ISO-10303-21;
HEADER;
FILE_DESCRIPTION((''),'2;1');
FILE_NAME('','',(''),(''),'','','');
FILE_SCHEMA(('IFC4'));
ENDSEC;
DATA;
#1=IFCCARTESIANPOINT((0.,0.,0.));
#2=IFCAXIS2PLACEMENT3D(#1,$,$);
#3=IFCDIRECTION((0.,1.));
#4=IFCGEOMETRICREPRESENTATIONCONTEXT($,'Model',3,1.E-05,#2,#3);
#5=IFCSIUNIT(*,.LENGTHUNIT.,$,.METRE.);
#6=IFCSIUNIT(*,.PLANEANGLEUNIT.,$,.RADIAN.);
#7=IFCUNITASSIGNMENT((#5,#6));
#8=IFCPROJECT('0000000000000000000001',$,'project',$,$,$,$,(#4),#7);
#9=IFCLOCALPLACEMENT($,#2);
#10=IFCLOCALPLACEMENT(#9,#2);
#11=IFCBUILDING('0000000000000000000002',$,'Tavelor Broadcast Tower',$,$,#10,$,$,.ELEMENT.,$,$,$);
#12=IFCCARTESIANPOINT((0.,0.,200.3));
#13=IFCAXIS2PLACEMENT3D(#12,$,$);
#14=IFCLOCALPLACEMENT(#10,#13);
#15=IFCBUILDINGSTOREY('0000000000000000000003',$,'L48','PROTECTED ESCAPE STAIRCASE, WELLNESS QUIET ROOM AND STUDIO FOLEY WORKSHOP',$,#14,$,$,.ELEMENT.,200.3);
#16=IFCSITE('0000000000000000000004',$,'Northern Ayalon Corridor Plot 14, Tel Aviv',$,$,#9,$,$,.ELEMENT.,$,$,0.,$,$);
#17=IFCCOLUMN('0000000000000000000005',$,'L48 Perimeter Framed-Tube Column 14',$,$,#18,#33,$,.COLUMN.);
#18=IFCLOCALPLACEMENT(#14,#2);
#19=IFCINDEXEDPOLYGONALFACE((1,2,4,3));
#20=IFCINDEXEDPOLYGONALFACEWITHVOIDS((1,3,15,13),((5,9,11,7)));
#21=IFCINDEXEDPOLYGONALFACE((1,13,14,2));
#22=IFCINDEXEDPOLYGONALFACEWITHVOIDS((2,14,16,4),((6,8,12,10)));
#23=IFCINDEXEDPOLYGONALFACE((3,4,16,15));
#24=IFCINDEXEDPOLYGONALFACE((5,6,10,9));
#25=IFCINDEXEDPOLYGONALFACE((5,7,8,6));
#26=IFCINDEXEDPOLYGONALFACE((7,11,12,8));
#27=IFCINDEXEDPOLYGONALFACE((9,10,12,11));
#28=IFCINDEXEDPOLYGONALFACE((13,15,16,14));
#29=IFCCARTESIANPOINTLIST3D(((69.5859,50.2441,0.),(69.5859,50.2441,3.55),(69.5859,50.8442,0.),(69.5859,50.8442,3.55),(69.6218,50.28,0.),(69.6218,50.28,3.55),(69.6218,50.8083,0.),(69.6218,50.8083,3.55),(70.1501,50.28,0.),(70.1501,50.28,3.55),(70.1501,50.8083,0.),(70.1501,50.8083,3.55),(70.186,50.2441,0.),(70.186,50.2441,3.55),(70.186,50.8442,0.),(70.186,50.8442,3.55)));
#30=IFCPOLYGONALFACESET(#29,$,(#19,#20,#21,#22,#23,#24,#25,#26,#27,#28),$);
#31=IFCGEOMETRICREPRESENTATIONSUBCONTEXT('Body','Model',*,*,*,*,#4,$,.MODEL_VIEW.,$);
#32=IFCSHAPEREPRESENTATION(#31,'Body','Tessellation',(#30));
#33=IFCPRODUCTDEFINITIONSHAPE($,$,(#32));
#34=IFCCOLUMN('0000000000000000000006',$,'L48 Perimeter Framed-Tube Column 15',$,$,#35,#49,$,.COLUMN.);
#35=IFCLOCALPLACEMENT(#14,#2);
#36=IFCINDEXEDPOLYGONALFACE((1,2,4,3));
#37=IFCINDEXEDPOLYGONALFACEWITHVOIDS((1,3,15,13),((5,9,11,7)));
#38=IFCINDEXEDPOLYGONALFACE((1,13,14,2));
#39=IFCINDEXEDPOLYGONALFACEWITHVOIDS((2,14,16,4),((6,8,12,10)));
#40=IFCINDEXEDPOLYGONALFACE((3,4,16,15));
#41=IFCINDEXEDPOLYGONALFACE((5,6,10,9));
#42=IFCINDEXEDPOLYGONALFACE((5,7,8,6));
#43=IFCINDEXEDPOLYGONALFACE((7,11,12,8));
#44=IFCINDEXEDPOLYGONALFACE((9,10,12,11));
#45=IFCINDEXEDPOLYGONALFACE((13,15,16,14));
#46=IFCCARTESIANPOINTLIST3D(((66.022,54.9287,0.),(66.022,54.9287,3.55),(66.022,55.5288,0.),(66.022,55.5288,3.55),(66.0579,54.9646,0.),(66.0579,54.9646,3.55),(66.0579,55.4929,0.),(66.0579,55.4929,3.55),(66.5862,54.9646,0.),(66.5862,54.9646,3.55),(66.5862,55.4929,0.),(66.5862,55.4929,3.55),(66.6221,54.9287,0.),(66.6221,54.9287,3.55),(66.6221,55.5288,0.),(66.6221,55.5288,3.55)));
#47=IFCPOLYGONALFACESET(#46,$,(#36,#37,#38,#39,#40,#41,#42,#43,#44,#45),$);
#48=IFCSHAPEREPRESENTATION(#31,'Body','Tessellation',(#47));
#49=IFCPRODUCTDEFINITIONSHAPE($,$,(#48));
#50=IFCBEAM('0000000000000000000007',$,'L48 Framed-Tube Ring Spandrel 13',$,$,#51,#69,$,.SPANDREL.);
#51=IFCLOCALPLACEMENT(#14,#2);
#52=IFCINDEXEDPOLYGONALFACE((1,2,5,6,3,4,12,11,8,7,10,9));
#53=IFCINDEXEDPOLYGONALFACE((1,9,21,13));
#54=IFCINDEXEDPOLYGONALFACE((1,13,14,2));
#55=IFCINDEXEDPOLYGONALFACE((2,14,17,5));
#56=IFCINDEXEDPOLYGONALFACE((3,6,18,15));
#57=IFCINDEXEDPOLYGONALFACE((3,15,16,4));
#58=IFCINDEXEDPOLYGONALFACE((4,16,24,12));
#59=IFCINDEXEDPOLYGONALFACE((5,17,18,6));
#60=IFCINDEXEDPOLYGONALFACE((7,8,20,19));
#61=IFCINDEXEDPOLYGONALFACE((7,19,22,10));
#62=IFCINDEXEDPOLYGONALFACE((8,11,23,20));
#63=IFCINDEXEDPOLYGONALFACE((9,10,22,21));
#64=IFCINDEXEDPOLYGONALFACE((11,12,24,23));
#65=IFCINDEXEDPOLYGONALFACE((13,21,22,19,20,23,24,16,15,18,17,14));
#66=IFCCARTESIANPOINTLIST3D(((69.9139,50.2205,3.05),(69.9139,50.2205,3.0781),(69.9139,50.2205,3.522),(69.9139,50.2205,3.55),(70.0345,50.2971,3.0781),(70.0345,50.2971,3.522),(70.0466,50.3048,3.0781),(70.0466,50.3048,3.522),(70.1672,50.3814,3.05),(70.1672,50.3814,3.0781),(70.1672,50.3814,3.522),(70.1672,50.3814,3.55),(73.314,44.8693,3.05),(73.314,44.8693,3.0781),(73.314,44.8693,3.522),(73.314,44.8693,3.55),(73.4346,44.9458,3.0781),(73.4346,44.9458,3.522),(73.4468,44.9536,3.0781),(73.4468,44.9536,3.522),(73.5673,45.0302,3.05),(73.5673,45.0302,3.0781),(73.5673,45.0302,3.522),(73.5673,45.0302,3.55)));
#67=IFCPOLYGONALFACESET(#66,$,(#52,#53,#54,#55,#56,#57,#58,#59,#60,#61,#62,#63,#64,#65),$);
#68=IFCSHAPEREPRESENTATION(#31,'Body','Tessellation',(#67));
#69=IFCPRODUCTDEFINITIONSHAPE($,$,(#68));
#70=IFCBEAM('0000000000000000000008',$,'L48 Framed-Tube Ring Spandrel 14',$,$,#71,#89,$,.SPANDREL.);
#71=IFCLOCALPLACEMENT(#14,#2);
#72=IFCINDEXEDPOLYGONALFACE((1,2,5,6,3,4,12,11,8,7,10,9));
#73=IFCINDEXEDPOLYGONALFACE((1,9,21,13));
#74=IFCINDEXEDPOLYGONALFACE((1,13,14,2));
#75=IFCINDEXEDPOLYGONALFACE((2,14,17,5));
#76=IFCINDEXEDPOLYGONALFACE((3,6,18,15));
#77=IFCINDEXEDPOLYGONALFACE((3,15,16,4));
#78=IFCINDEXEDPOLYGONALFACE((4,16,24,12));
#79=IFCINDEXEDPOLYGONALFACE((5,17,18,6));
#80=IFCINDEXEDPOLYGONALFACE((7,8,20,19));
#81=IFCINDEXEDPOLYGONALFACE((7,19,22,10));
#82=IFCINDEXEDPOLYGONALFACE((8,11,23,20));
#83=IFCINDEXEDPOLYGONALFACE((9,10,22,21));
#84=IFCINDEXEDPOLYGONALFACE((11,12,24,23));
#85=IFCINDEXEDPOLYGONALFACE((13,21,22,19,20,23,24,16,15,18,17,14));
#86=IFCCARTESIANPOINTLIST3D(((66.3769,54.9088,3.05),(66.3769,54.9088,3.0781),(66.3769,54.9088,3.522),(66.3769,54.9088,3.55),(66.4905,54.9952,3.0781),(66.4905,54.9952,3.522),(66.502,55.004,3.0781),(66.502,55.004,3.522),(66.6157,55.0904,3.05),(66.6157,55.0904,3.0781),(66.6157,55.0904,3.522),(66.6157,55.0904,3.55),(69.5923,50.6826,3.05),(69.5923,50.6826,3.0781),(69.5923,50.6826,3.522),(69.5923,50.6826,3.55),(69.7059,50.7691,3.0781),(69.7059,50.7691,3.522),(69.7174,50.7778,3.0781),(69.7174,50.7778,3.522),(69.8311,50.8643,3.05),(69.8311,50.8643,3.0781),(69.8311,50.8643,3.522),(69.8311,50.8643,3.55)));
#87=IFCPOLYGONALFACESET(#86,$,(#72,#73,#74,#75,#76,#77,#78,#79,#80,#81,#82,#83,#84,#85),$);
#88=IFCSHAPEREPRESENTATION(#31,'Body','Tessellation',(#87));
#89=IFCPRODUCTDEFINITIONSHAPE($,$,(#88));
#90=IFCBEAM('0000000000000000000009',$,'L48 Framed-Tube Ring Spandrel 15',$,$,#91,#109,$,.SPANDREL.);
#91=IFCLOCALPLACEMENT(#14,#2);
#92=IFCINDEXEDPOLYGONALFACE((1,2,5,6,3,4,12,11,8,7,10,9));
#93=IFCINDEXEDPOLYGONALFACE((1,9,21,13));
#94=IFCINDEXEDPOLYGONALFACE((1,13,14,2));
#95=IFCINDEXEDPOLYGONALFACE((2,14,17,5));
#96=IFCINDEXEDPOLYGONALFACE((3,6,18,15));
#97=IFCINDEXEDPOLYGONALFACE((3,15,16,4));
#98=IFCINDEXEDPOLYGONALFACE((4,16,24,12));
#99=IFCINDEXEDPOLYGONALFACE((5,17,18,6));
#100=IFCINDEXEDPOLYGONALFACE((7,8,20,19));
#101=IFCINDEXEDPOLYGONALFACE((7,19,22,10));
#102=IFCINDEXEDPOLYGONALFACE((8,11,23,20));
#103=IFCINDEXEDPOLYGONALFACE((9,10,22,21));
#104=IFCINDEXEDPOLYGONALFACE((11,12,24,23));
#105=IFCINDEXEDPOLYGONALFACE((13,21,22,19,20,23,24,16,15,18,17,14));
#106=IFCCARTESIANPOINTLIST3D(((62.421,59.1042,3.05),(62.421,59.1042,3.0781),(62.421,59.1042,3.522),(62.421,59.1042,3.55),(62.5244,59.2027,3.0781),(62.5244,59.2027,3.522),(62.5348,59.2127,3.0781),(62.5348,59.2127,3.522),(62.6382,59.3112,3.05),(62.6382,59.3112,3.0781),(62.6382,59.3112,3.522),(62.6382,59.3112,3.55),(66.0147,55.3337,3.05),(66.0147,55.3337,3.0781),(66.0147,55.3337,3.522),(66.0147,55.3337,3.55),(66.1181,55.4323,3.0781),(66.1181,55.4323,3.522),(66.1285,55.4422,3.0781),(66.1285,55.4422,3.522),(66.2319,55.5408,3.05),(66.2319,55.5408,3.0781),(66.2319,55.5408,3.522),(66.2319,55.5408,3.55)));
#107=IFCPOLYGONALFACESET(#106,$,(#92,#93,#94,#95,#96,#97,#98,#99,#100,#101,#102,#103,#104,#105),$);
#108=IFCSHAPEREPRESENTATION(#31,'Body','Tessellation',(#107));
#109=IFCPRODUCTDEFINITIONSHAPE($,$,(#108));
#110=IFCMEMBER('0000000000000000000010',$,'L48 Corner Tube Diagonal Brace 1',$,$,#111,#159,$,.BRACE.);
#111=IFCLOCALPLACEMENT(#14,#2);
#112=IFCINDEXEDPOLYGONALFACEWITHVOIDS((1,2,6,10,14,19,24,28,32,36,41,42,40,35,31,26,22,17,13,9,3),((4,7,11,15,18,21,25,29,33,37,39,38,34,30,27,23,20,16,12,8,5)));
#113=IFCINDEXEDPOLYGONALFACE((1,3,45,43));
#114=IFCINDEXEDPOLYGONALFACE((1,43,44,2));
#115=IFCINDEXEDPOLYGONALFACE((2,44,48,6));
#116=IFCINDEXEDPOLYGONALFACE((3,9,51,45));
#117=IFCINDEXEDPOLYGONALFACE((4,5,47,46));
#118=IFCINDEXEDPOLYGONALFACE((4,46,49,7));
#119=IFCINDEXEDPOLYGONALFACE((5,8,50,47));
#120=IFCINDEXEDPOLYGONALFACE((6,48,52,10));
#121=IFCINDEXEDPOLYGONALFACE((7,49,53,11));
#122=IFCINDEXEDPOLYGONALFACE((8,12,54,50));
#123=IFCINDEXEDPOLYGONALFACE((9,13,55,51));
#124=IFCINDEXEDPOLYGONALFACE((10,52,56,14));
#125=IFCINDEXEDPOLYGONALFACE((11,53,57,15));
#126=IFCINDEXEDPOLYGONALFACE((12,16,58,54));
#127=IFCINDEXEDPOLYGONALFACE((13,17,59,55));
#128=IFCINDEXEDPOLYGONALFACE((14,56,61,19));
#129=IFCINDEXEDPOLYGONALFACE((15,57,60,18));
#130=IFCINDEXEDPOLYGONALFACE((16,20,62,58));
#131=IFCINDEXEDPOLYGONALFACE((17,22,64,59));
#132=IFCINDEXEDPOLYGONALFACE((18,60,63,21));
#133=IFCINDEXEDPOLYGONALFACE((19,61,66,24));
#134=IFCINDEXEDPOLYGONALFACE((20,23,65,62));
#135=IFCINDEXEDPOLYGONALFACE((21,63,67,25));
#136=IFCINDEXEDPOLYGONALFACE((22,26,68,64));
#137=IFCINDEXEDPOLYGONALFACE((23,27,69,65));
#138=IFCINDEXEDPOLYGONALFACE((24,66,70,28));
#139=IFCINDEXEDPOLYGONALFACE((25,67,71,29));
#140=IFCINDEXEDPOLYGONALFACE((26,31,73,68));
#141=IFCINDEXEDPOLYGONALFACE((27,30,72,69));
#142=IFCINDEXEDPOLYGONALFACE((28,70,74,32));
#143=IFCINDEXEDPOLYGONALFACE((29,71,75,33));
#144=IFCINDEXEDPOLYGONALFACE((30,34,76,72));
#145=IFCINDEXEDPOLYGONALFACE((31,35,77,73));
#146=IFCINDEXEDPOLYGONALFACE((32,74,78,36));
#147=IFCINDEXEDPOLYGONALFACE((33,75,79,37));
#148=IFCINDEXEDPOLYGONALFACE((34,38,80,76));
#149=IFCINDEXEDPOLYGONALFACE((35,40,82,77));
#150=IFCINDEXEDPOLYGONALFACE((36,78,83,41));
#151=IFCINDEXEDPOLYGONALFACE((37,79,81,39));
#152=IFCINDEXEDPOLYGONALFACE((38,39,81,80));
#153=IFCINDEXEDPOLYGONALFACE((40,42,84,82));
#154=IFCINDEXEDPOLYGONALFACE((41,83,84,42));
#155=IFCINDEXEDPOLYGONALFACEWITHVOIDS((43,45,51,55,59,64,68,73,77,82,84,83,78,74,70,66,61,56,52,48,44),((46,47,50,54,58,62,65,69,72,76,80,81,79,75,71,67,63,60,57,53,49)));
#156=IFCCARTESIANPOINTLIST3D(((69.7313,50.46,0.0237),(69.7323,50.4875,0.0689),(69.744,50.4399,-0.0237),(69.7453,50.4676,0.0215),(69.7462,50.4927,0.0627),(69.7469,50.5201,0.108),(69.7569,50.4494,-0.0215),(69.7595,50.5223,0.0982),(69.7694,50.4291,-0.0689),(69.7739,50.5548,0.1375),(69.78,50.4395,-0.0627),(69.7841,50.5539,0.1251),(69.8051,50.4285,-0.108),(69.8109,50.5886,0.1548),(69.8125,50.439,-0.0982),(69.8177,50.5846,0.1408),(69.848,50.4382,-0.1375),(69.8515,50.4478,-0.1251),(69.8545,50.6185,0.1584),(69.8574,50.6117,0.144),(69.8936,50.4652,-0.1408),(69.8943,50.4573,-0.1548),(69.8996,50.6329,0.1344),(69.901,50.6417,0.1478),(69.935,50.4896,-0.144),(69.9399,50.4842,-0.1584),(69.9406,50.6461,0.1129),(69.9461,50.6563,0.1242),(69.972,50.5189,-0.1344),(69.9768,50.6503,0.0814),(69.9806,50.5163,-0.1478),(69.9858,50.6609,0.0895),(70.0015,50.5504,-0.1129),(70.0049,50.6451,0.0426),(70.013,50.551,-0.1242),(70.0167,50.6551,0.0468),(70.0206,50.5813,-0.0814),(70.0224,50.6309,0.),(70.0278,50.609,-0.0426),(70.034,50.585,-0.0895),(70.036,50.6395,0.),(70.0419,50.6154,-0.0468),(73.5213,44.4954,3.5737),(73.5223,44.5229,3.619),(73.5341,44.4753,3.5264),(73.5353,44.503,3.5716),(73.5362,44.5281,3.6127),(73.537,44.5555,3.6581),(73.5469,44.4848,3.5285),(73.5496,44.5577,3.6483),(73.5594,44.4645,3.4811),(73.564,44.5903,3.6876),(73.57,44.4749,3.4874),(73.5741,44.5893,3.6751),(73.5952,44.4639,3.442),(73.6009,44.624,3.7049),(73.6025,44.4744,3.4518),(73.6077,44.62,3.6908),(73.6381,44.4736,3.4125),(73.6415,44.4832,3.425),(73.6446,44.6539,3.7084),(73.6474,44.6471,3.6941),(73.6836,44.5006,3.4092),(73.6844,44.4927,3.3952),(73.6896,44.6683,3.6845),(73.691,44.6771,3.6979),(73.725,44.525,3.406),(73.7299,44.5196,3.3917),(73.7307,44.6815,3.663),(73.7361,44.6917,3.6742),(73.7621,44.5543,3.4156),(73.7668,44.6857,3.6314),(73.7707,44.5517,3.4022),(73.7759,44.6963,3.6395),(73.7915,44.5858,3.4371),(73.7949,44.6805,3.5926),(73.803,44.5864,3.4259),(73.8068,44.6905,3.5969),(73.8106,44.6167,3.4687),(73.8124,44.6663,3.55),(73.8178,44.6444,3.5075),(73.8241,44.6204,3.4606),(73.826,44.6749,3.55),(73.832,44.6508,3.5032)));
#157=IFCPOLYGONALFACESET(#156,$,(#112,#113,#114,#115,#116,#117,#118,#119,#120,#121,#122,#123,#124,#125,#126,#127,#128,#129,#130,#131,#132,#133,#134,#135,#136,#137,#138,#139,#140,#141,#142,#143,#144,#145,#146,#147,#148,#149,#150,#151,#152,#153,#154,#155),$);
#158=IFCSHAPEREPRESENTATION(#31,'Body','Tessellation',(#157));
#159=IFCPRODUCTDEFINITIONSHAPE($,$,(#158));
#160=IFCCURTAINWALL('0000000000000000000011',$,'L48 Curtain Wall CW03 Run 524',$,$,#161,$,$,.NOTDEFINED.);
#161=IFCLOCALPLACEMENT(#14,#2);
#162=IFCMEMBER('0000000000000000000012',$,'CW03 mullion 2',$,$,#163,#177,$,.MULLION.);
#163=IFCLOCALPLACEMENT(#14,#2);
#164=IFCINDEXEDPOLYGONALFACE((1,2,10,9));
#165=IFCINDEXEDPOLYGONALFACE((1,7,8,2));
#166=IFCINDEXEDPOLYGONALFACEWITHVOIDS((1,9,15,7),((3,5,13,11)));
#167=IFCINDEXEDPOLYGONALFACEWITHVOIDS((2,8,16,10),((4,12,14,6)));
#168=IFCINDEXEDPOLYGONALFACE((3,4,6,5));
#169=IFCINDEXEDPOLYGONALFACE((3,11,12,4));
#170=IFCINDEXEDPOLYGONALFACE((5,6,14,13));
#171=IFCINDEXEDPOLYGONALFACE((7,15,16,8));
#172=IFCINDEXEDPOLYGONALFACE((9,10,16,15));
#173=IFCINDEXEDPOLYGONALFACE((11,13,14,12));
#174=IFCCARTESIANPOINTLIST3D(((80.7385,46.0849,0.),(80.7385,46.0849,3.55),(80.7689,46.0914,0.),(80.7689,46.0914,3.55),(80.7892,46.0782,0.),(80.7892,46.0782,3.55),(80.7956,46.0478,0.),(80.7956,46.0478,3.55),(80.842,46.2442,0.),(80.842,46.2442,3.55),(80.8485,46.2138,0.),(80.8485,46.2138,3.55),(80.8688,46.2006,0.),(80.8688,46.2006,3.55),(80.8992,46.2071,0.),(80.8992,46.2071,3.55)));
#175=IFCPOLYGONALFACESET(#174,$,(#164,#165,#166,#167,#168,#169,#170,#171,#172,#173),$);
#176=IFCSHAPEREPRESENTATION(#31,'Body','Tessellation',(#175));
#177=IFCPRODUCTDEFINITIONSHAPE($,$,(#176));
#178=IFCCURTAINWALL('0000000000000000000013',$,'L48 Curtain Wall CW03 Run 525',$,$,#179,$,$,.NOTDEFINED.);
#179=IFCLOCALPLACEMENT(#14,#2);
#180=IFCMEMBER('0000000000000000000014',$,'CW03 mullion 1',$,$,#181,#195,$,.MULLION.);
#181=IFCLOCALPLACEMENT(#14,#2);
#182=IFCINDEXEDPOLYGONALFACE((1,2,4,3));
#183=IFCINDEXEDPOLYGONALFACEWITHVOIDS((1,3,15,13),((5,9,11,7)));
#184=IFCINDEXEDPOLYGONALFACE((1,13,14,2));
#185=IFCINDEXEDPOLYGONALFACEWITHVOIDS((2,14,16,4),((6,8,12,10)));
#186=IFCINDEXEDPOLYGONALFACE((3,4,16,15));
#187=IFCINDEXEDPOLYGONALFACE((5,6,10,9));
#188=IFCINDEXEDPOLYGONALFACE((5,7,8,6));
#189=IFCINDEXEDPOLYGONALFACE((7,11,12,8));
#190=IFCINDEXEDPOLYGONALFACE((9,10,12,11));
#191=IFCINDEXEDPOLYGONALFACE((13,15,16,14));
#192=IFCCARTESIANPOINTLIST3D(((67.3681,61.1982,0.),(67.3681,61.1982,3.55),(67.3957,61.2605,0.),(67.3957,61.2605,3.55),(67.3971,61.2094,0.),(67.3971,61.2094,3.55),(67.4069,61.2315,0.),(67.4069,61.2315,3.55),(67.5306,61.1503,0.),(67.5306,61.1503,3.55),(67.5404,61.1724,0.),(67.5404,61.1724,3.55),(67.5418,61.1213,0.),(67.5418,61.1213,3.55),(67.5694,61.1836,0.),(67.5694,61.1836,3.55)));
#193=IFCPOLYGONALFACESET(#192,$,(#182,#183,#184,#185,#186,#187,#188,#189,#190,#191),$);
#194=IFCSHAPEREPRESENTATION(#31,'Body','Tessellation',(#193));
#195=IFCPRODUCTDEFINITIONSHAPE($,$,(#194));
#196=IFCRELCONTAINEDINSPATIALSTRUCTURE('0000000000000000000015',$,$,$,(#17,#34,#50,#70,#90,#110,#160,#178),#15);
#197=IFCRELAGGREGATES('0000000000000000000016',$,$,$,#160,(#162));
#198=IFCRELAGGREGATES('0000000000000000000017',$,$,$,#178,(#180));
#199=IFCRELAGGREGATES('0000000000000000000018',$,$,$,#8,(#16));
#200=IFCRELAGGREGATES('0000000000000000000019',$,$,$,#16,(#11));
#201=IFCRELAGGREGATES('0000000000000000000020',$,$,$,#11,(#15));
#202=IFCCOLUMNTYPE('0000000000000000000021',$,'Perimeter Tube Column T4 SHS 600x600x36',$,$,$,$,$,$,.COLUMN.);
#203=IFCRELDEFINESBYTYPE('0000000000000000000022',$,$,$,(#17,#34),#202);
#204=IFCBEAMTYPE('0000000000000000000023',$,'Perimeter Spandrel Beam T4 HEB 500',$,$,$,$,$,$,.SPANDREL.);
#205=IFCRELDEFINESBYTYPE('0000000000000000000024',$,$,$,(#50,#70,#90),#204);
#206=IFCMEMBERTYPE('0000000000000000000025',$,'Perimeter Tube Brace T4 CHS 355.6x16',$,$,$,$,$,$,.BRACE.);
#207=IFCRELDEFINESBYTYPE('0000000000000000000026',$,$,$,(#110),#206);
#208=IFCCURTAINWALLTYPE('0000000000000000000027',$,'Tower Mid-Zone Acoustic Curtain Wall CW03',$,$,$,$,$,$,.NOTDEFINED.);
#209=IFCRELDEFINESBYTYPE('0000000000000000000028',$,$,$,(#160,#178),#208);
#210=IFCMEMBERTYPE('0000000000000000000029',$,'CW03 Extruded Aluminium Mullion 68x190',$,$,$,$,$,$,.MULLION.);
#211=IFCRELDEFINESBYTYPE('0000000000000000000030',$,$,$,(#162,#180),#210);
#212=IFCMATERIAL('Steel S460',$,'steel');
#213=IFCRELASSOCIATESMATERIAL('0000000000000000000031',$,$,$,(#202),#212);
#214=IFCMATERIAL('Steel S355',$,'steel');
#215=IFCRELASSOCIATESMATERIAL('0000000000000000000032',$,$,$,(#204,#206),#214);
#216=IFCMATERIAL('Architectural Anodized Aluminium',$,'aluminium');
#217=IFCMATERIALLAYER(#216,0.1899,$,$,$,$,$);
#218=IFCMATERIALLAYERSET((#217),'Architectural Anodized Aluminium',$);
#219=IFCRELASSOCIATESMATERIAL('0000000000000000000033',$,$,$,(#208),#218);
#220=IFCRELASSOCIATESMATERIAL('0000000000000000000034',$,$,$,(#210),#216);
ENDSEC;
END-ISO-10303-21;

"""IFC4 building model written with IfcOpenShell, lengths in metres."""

from ifc_helpers import new_model, si_unit, direction, frame, origin, origin_2d, place, context, subcontext, project, spatial, hollow_rectangle, hollow_circle, i_section, extrude, source, transform, mapped, material, layer, layer_set, material_profile, profile_set, type_object, type_shapes, element, aggregate, save


model = new_model("IFC4")

# Units and contexts
model_context = context("Model", 3, precision=1e-05, world=origin(), true_north=direction((0.0, 1.0)))
body_context = subcontext(model_context, "Body", "Model", "MODEL_VIEW")
ifc_project = project(units=[si_unit("LENGTHUNIT", "METRE"), si_unit("PLANEANGLEUNIT", "RADIAN")], contexts=[model_context])

# Site, building, storey
site_placement = place(None, origin())
site = spatial("IfcSite", under=ifc_project, at=site_placement, Name="Northern Ayalon Corridor Plot 14, Tel Aviv", CompositionType="ELEMENT", RefElevation=0.0)
building_placement = place(site_placement, origin())
building = spatial("IfcBuilding", under=site, at=building_placement, Name="Tavelor Broadcast Tower", CompositionType="ELEMENT")
storey_placement = place(building_placement, frame((0.0, 0.0, 200.3)))
storey = spatial("IfcBuildingStorey", under=building, at=storey_placement, Name="L48", Description="PROTECTED ESCAPE STAIRCASE, WELLNESS QUIET ROOM AND STUDIO FOLEY WORKSHOP", CompositionType="ELEMENT", Elevation=200.3)

# Columns
ifc_material_1 = material(Name="Steel S460", Category="steel")
ifc_material_profile_1 = material_profile(ifc_material_1, hollow_rectangle(XDim=0.6001, YDim=0.6001, WallThickness=0.0359, at=origin_2d()), Name="SHS 600x600x36")
ifc_profile_set_1 = profile_set([ifc_material_profile_1], Name="Steel S460")
column_type = type_object("IfcColumnType", Name="Perimeter Tube Column T4 SHS 600x600x36", PredefinedType="COLUMN", material=ifc_profile_set_1)
for number, where, z_axis, x_axis, name in (
    (1, (69.886, 50.5442, 0.0), (0.0, 0.0, 1.0), (1.0, 0.0, 0.0), "L48 Perimeter Framed-Tube Column 14"),
    (2, (66.322, 55.2288, 0.0), (0.0, 0.0, 1.0), (1.0, 0.0, 0.0), "L48 Perimeter Framed-Tube Column 15"),
):
    element("IfcColumn", number, at=place(storey_placement, frame(where, z_axis=z_axis, x_axis=x_axis)), inside=storey, type_object=column_type, Name=name, PredefinedType="COLUMN", context=body_context, shape_type="SweptSolid", body=[
        extrude(hollow_rectangle(XDim=0.6001, YDim=0.6001, WallThickness=0.0359, at=origin_2d()), origin(), (0.0, 0.0, 1.0), 3.55),
    ])

# Beams
ifc_material_2 = material(Name="Steel S355", Category="steel")
ifc_material_profile_2 = material_profile(ifc_material_2, i_section(OverallWidth=0.3, OverallDepth=0.5, WebThickness=0.0144, FlangeThickness=0.0281, at=origin_2d()), Name="HEB 500")
ifc_profile_set_2 = profile_set([ifc_material_profile_2], Name="Steel S355")
beam_type = type_object("IfcBeamType", Name="Perimeter Spandrel Beam T4 HEB 500", PredefinedType="SPANDREL", material=ifc_profile_set_2)
beam_1_placement = place(storey_placement, frame((73.4407, 44.9497, 3.3), z_axis=(-0.536287, 0.844035, 0.0), x_axis=(-0.844035, -0.536287, 0.0)))
element("IfcBeam", 3, at=beam_1_placement, inside=storey, type_object=beam_type, Name="L48 Framed-Tube Ring Spandrel 13", PredefinedType="SPANDREL", context=body_context, shape_type="SweptSolid", body=[
    extrude(i_section(OverallWidth=0.3, OverallDepth=0.5, WebThickness=0.0144, FlangeThickness=0.0281, at=origin_2d()), origin(), (0.0, 0.0, 1.0), 6.3401),
])
beam_2_placement = place(storey_placement, frame((69.7117, 50.7734, 3.3), z_axis=(-0.605503, 0.795843, 0.0), x_axis=(-0.795843, -0.605503, 0.0)))
element("IfcBeam", 4, at=beam_2_placement, inside=storey, type_object=beam_type, Name="L48 Framed-Tube Ring Spandrel 14", PredefinedType="SPANDREL", context=body_context, shape_type="SweptSolid", body=[
    extrude(i_section(OverallWidth=0.3, OverallDepth=0.5, WebThickness=0.0144, FlangeThickness=0.0281, at=origin_2d()), origin(), (0.0, 0.0, 1.0), 5.3103),
])
beam_3_placement = place(storey_placement, frame((66.1233, 55.4373, 3.3), z_axis=(-0.689936, 0.72387, 0.0), x_axis=(-0.72387, -0.689936, 0.0)))
element("IfcBeam", 5, at=beam_3_placement, inside=storey, type_object=beam_type, Name="L48 Framed-Tube Ring Spandrel 15", PredefinedType="SPANDREL", context=body_context, shape_type="SweptSolid", body=[
    extrude(i_section(OverallWidth=0.3, OverallDepth=0.5, WebThickness=0.0144, FlangeThickness=0.0281, at=origin_2d()), origin(), (0.0, 0.0, 1.0), 5.2087),
])

# Member
ifc_material_profile_3 = material_profile(ifc_material_2, hollow_circle(Radius=0.1777, WallThickness=0.0161, at=origin_2d()), Name="CHS 355.6x16")
ifc_profile_set_3 = profile_set([ifc_material_profile_3], Name="Steel S355")
member_type_1 = type_object("IfcMemberType", Name="Perimeter Tube Brace T4 CHS 355.6x16", PredefinedType="BRACE", material=ifc_profile_set_3)
member_1_placement = place(storey_placement, frame((69.886, 50.5442, 0.0), z_axis=(0.479239, -0.754205, 0.448893), x_axis=(0.844021, 0.53631, 0.0)))
element("IfcMember", 6, at=member_1_placement, inside=storey, type_object=member_type_1, Name="L48 Corner Tube Diagonal Brace 1", PredefinedType="BRACE", context=body_context, shape_type="SweptSolid", body=[
    extrude(hollow_circle(Radius=0.1777, WallThickness=0.0161, at=origin_2d()), origin(), (0.0, 0.0, 1.0), 7.9084),
])

# Curtain wall, member
ifc_material_3 = material(Name="Architectural Anodized Aluminium", Category="aluminium")
ifc_layer_1 = layer(ifc_material_3, 0.1899)
ifc_layer_set_1 = layer_set([ifc_layer_1], Name="Architectural Anodized Aluminium")
curtain_wall_type = type_object("IfcCurtainWallType", Name="Tower Mid-Zone Acoustic Curtain Wall CW03", PredefinedType="NOTDEFINED", material=ifc_layer_set_1)
curtain_wall_1_placement = place(storey_placement, origin())
curtain_wall_1 = element("IfcCurtainWall", 7, at=curtain_wall_1_placement, inside=storey, type_object=curtain_wall_type, Name="L48 Curtain Wall CW03 Run 524", PredefinedType="NOTDEFINED")
ifc_material_profile_4 = material_profile(ifc_material_3, hollow_rectangle(XDim=0.0681, YDim=0.1899, WallThickness=0.022, at=origin_2d()), Name="RHS 68x190x22")
ifc_profile_set_4 = profile_set([ifc_material_profile_4], Name="Architectural Anodized Aluminium")
member_type_2 = type_object("IfcMemberType", Name="CW03 Extruded Aluminium Mullion 68x190", PredefinedType="MULLION", material=ifc_profile_set_4)
shared_shape_1 = source(origin(), body_context, "Body", "SweptSolid", [
    extrude(hollow_rectangle(XDim=0.0681, YDim=0.1899, WallThickness=0.022, at=origin_2d()), origin(), (0.0, 0.0, 1.0), 3.55),
])
type_shapes(member_type_2, [shared_shape_1])
member_2_placement = place(storey_placement, frame((80.8188, 46.146, 0.0), z_axis=(0.0, 0.0, 1.0), x_axis=(-0.838447, 0.544984, 0.0)))
member_2 = element("IfcMember", 8, at=member_2_placement, type_object=member_type_2, Name="CW03 mullion 2", PredefinedType="MULLION", context=body_context, shape_type="MappedRepresentation", body=[
    mapped(shared_shape_1, transform((0.0, 0.0, 0.0), scale=1.0)),
])
aggregate(curtain_wall_1, [member_2])

# Curtain wall, member
curtain_wall_2_placement = place(storey_placement, origin())
curtain_wall_2 = element("IfcCurtainWall", 9, at=curtain_wall_2_placement, inside=storey, type_object=curtain_wall_type, Name="L48 Curtain Wall CW03 Run 525", PredefinedType="NOTDEFINED")
member_3_placement = place(storey_placement, frame((67.4688, 61.1909, 0.0), z_axis=(0.0, 0.0, 1.0), x_axis=(-0.404749, -0.914428, 0.0)))
member_3 = element("IfcMember", 10, at=member_3_placement, type_object=member_type_2, Name="CW03 mullion 1", PredefinedType="MULLION", context=body_context, shape_type="MappedRepresentation", body=[
    mapped(shared_shape_1, transform((0.0, 0.0, 0.0), scale=1.0)),
])
aggregate(curtain_wall_2, [member_3])

save(model, "model.ifc")
